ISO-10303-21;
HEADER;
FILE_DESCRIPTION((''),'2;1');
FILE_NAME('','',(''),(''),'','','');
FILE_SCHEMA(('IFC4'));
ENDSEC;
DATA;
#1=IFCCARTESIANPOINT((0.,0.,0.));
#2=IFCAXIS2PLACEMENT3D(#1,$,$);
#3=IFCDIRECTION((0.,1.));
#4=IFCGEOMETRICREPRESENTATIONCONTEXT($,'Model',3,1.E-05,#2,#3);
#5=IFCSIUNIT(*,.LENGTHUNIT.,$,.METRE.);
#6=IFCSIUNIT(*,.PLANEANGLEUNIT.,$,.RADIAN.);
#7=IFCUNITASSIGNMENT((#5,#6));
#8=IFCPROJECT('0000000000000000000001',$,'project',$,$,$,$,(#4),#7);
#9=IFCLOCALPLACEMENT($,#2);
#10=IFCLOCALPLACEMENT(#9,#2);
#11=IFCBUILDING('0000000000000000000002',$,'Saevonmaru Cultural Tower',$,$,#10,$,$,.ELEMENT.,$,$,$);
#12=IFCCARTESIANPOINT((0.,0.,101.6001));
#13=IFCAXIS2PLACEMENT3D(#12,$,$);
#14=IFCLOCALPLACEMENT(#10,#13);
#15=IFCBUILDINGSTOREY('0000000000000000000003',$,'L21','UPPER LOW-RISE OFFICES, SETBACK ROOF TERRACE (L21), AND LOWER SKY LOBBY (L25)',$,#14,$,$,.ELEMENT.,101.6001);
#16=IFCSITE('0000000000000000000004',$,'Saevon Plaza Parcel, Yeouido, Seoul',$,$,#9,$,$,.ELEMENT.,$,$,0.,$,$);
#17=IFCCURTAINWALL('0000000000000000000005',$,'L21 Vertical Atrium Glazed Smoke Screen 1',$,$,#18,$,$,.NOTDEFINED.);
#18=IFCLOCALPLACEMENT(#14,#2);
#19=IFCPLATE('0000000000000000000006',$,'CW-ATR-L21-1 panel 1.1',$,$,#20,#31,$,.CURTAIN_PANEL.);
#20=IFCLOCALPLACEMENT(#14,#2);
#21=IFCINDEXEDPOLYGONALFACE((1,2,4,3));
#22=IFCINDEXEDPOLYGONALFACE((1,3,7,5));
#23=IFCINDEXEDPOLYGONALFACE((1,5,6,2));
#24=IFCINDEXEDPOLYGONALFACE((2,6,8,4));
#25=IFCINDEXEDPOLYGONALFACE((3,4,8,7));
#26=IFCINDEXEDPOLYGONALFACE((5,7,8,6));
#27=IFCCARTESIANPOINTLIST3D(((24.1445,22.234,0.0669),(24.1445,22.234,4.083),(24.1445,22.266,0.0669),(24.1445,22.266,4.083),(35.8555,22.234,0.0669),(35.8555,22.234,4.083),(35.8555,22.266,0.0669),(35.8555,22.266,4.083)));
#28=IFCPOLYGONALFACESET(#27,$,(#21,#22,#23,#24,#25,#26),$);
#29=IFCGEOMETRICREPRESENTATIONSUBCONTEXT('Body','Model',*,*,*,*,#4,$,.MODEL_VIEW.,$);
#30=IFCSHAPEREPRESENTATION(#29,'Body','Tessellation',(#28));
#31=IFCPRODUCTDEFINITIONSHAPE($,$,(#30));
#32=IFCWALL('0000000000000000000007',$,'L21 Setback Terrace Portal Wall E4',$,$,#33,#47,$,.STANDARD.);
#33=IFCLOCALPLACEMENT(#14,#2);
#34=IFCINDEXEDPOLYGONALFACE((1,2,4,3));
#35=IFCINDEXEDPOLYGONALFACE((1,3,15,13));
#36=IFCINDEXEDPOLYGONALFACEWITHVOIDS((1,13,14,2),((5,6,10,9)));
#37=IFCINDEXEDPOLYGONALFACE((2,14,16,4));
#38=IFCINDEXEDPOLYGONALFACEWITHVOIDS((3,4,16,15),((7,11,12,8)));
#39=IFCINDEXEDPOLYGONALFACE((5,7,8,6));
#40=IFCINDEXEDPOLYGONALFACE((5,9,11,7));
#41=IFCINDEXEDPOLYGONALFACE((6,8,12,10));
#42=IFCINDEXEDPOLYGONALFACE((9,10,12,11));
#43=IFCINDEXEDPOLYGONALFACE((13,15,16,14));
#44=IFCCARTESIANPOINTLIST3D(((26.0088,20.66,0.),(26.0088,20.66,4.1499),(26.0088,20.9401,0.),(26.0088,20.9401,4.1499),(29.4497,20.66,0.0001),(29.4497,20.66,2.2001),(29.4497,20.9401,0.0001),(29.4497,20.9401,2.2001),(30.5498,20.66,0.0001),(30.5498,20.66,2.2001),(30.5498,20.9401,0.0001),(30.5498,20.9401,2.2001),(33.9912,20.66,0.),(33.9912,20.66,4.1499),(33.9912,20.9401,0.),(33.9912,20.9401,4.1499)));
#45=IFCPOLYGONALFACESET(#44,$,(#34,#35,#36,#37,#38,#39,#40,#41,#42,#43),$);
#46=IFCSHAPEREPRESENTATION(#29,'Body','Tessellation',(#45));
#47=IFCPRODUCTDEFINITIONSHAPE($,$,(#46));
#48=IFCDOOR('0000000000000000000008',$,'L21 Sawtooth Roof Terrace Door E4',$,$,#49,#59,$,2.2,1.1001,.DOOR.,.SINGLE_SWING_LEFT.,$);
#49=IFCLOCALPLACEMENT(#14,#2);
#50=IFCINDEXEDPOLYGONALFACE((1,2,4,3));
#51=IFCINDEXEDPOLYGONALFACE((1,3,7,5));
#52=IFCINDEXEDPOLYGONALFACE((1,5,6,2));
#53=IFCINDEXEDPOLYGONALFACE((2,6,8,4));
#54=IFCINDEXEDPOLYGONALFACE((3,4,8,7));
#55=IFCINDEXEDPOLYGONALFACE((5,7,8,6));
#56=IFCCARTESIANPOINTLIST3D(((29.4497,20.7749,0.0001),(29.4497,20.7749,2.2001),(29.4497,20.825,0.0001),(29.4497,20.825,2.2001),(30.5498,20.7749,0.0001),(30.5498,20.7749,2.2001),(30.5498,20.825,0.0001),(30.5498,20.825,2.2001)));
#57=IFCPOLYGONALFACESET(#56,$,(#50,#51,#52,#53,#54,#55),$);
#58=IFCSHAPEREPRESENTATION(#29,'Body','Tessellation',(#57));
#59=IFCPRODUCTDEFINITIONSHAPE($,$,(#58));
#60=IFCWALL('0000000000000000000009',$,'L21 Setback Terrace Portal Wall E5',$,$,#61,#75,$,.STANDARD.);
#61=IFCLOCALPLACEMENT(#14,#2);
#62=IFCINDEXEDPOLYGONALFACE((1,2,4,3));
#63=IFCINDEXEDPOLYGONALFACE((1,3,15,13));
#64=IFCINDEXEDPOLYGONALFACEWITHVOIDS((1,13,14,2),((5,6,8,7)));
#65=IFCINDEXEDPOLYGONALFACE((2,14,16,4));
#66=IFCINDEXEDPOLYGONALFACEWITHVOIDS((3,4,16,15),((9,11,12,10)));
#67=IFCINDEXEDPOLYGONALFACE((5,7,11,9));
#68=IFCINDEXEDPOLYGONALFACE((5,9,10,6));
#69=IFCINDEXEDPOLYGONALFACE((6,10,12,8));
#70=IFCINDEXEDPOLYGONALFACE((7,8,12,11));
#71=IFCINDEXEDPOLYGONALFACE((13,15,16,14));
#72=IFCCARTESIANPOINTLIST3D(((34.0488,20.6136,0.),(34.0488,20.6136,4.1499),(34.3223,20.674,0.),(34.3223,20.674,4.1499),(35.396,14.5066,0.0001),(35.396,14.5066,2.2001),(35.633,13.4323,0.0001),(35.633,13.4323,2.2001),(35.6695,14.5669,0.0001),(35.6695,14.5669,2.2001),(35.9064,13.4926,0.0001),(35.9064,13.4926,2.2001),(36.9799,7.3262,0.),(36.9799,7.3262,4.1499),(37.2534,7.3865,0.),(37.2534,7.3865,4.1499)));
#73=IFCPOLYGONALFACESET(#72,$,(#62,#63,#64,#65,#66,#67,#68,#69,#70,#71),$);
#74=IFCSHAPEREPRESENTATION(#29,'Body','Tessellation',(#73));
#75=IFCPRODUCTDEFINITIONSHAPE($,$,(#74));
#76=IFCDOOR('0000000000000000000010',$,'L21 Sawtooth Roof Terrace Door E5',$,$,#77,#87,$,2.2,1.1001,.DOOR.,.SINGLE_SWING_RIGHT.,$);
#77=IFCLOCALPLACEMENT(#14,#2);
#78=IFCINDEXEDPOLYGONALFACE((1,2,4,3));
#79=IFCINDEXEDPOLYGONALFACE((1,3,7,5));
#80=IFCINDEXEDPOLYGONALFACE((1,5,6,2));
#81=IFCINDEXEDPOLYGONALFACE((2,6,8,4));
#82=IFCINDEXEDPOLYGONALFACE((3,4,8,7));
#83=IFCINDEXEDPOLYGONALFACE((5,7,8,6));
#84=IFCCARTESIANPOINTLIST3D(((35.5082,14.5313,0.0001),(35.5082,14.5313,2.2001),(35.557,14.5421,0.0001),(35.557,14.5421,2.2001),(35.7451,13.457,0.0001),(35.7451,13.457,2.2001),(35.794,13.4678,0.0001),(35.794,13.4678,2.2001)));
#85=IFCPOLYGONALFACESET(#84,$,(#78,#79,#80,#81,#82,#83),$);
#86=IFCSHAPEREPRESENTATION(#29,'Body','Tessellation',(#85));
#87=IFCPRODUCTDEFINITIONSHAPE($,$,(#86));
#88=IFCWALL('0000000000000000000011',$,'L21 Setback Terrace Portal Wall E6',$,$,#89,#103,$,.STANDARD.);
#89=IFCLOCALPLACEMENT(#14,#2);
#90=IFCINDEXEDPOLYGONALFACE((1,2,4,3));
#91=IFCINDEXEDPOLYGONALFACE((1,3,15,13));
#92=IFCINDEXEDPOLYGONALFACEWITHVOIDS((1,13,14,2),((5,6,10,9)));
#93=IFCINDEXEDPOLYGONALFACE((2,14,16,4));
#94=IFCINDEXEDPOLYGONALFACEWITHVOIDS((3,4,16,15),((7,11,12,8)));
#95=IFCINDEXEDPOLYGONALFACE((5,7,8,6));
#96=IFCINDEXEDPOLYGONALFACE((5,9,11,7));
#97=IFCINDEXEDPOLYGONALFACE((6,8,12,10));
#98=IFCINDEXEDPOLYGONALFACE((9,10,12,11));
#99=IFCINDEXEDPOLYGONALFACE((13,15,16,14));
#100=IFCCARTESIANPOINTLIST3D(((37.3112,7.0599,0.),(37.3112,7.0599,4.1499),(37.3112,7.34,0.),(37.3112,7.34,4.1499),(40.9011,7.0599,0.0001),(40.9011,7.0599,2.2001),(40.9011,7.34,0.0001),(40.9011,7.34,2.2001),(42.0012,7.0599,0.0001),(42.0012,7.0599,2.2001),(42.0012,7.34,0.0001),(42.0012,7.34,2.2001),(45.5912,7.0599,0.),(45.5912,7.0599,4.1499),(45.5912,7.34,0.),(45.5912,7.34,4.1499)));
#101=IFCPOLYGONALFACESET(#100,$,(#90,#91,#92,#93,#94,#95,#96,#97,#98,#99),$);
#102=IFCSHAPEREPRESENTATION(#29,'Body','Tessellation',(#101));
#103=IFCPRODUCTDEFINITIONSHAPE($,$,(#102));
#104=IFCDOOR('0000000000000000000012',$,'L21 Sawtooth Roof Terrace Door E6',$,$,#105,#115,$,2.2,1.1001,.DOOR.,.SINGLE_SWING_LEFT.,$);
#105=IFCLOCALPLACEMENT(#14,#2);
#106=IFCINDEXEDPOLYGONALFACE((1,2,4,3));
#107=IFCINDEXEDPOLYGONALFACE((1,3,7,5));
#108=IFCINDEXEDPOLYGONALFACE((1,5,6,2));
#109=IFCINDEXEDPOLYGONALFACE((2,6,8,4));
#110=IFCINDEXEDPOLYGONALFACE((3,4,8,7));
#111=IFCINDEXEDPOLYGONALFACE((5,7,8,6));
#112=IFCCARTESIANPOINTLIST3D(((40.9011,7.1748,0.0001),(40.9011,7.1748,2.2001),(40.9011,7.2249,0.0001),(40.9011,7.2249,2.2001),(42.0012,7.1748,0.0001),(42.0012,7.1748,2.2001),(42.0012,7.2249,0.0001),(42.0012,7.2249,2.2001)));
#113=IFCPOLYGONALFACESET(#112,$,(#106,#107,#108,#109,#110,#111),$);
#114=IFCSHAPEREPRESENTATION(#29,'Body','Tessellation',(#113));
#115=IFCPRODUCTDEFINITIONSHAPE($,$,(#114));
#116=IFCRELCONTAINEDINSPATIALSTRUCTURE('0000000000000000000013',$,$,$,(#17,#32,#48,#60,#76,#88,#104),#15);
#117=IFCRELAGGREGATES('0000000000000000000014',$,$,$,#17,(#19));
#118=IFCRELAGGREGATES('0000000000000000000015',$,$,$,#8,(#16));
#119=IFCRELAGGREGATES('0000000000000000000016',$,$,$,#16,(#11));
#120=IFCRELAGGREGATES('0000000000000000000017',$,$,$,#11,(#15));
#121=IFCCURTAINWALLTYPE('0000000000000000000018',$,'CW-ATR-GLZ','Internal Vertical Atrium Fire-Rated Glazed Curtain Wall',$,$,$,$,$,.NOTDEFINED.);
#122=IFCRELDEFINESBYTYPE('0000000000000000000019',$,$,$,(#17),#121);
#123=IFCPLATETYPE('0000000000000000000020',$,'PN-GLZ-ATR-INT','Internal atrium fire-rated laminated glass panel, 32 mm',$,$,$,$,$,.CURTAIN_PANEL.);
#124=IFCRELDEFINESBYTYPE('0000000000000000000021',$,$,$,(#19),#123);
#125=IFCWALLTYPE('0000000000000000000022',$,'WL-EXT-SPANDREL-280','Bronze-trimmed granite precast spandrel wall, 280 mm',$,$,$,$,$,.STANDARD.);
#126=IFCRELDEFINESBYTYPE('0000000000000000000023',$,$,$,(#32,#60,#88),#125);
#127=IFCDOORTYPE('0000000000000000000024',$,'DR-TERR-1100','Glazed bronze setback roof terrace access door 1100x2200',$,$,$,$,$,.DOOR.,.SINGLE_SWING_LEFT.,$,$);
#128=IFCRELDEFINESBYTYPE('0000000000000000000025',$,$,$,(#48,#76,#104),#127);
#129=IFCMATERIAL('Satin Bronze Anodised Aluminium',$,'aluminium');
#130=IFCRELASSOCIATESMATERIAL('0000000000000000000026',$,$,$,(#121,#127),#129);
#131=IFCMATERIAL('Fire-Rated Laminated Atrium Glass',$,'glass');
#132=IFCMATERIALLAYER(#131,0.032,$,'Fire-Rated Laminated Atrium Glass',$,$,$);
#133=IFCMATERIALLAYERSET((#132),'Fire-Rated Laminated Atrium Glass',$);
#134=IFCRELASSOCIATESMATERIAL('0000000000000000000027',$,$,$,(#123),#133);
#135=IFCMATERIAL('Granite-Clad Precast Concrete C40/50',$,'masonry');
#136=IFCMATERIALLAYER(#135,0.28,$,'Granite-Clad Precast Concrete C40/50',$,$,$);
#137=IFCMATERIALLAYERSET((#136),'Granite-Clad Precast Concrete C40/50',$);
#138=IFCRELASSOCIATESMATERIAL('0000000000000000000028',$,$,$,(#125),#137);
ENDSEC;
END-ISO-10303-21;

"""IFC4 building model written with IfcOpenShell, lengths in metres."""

from ifc_helpers import new_model, si_unit, direction, frame, frame_2d, origin, origin_2d, place, context, subcontext, project, spatial, rectangle, extrude, material, layer, layer_set, type_object, element, fill, aggregate, save


model = new_model("IFC4")

# Units and contexts
model_context = context("Model", 3, precision=1e-05, world=origin(), true_north=direction((0.0, 1.0)))
body_context = subcontext(model_context, "Body", "Model", "MODEL_VIEW")
ifc_project = project(units=[si_unit("LENGTHUNIT", "METRE"), si_unit("PLANEANGLEUNIT", "RADIAN")], contexts=[model_context])

# Site, building, storey
site_placement = place(None, origin())
site = spatial("IfcSite", under=ifc_project, at=site_placement, Name="Saevon Plaza Parcel, Yeouido, Seoul", CompositionType="ELEMENT", RefElevation=0.0)
building_placement = place(site_placement, origin())
building = spatial("IfcBuilding", under=site, at=building_placement, Name="Saevonmaru Cultural Tower", CompositionType="ELEMENT")
storey_placement = place(building_placement, frame((0.0, 0.0, 101.6001)))
storey = spatial("IfcBuildingStorey", under=building, at=storey_placement, Name="L21", Description="UPPER LOW-RISE OFFICES, SETBACK ROOF TERRACE (L21), AND LOWER SKY LOBBY (L25)", CompositionType="ELEMENT", Elevation=101.6001)

# Curtain wall
ifc_material_1 = material(Name="Satin Bronze Anodised Aluminium", Category="aluminium")
curtain_wall_type = type_object("IfcCurtainWallType", Name="CW-ATR-GLZ", Description="Internal Vertical Atrium Fire-Rated Glazed Curtain Wall", PredefinedType="NOTDEFINED", material=ifc_material_1)
curtain_wall_1_placement = place(storey_placement, origin())
curtain_wall_1 = element("IfcCurtainWall", 1, at=curtain_wall_1_placement, inside=storey, type_object=curtain_wall_type, Name="L21 Vertical Atrium Glazed Smoke Screen 1", PredefinedType="NOTDEFINED")

# Plate
ifc_material_2 = material(Name="Fire-Rated Laminated Atrium Glass", Category="glass")
ifc_layer_1 = layer(ifc_material_2, 0.032, Name="Fire-Rated Laminated Atrium Glass")
ifc_layer_set_1 = layer_set([ifc_layer_1], Name="Fire-Rated Laminated Atrium Glass")
plate_type_1 = type_object("IfcPlateType", Name="PN-GLZ-ATR-INT", Description="Internal atrium fire-rated laminated glass panel, 32 mm", PredefinedType="CURTAIN_PANEL", material=ifc_layer_set_1)
plate_1_placement = place(storey_placement, frame((30.0, 22.25, 0.0669), z_axis=(0.0, 0.0, 1.0), x_axis=(1.0, 0.0, 0.0)))
plate_1 = element("IfcPlate", 2, at=plate_1_placement, type_object=plate_type_1, Name="CW-ATR-L21-1 panel 1.1", PredefinedType="CURTAIN_PANEL", context=body_context, shape_type="SweptSolid", body=[
    extrude(rectangle(XDim=11.7109, YDim=0.032, at=origin_2d()), origin(), (0.0, 0.0, 1.0), 4.0161),
])
aggregate(curtain_wall_1, [plate_1])

# Walls, openings, doors
ifc_material_3 = material(Name="Granite-Clad Precast Concrete C40/50", Category="masonry")
ifc_layer_2 = layer(ifc_material_3, 0.28, Name="Granite-Clad Precast Concrete C40/50")
ifc_layer_set_2 = layer_set([ifc_layer_2], Name="Granite-Clad Precast Concrete C40/50")
wall_type = type_object("IfcWallType", Name="WL-EXT-SPANDREL-280", Description="Bronze-trimmed granite precast spandrel wall, 280 mm", PredefinedType="STANDARD", material=ifc_layer_set_2)
wall_1_placement = place(storey_placement, frame((26.0088, 20.8, 0.0), z_axis=(0.0, 0.0, 1.0), x_axis=(1.0, 0.0, 0.0)))
wall_1 = element("IfcWall", 3, at=wall_1_placement, inside=storey, type_object=wall_type, Name="L21 Setback Terrace Portal Wall E4", PredefinedType="STANDARD", context=body_context, shape_type="SweptSolid", body=[
    extrude(rectangle(XDim=7.9824, YDim=0.28, at=frame_2d((3.9912, 0.0))), origin(), (0.0, 0.0, 1.0), 4.1499),
])
opening_1_placement = place(wall_1_placement, frame((3.4409, 0.0, 0.0)))
opening_1 = element("IfcOpeningElement", 4, at=opening_1_placement, cuts=wall_1, PredefinedType="OPENING", context=body_context, shape_type="SweptSolid", body=[
    extrude(rectangle(XDim=1.1001, YDim=2.2, at=frame_2d((0.55, 1.1001))), frame((0.0, 0.1499, 0.0), z_axis=(0.0, -1.0, 0.0), x_axis=(1.0, 0.0, 0.0)), (0.0, 0.0, 1.0), 0.3),
])
door_type = type_object("IfcDoorType", Name="DR-TERR-1100", Description="Glazed bronze setback roof terrace access door 1100x2200", OperationType="SINGLE_SWING_LEFT", PredefinedType="DOOR", material=ifc_material_1)
door_1_placement = place(opening_1_placement, origin())
door_1 = element("IfcDoor", 5, at=door_1_placement, inside=storey, type_object=door_type, Name="L21 Sawtooth Roof Terrace Door E4", OperationType="SINGLE_SWING_LEFT", OverallHeight=2.2, OverallWidth=1.1001, PredefinedType="DOOR", context=body_context, shape_type="SweptSolid", body=[
    extrude(rectangle(XDim=1.1001, YDim=2.2, at=frame_2d((0.55, 1.1001))), frame((0.0, 0.0249, 0.0), z_axis=(0.0, -1.0, 0.0), x_axis=(1.0, 0.0, 0.0)), (0.0, 0.0, 1.0), 0.05),
])
fill(opening_1, door_1)
wall_2_placement = place(storey_placement, frame((34.1855, 20.6438, 0.0), z_axis=(0.0, 0.0, 1.0), x_axis=(0.215414, -0.976523, 0.0)))
wall_2 = element("IfcWall", 6, at=wall_2_placement, inside=storey, type_object=wall_type, Name="L21 Setback Terrace Portal Wall E5", PredefinedType="STANDARD", context=body_context, shape_type="SweptSolid", body=[
    extrude(rectangle(XDim=13.6069, YDim=0.28, at=frame_2d((6.8035, 0.0))), origin(), (0.0, 0.0, 1.0), 4.1499),
])
opening_2_placement = place(wall_2_placement, frame((6.2539, 0.0, 0.0)))
opening_2 = element("IfcOpeningElement", 7, at=opening_2_placement, cuts=wall_2, PredefinedType="OPENING", context=body_context, shape_type="SweptSolid", body=[
    extrude(rectangle(XDim=1.1001, YDim=2.2, at=frame_2d((0.55, 1.1001))), frame((0.0, 0.1499, 0.0), z_axis=(0.0, -1.0, 0.0), x_axis=(1.0, 0.0, 0.0)), (0.0, 0.0, 1.0), 0.3),
])
door_2_placement = place(opening_2_placement, origin())
door_2 = element("IfcDoor", 8, at=door_2_placement, inside=storey, type_object=door_type, Name="L21 Sawtooth Roof Terrace Door E5", OperationType="SINGLE_SWING_RIGHT", OverallHeight=2.2, OverallWidth=1.1001, PredefinedType="DOOR", context=body_context, shape_type="SweptSolid", body=[
    extrude(rectangle(XDim=1.1001, YDim=2.2, at=frame_2d((0.55, 1.1001))), frame((0.0, 0.0249, 0.0), z_axis=(0.0, -1.0, 0.0), x_axis=(1.0, 0.0, 0.0)), (0.0, 0.0, 1.0), 0.05),
])
fill(opening_2, door_2)
wall_3_placement = place(storey_placement, frame((37.311, 7.2, 0.0), z_axis=(0.0, 0.0, 1.0), x_axis=(1.0, 0.0, 0.0)))
wall_3 = element("IfcWall", 9, at=wall_3_placement, inside=storey, type_object=wall_type, Name="L21 Setback Terrace Portal Wall E6", PredefinedType="STANDARD", context=body_context, shape_type="SweptSolid", body=[
    extrude(rectangle(XDim=8.28, YDim=0.28, at=frame_2d((4.1401, 0.0))), origin(), (0.0, 0.0, 1.0), 4.1499),
])
opening_3_placement = place(wall_3_placement, frame((3.5901, 0.0, 0.0)))
opening_3 = element("IfcOpeningElement", 10, at=opening_3_placement, cuts=wall_3, PredefinedType="OPENING", context=body_context, shape_type="SweptSolid", body=[
    extrude(rectangle(XDim=1.1001, YDim=2.2, at=frame_2d((0.55, 1.1001))), frame((0.0, 0.1499, 0.0), z_axis=(0.0, -1.0, 0.0), x_axis=(1.0, 0.0, 0.0)), (0.0, 0.0, 1.0), 0.3),
])
door_3_placement = place(opening_3_placement, origin())
door_3 = element("IfcDoor", 11, at=door_3_placement, inside=storey, type_object=door_type, Name="L21 Sawtooth Roof Terrace Door E6", OperationType="SINGLE_SWING_LEFT", OverallHeight=2.2, OverallWidth=1.1001, PredefinedType="DOOR", context=body_context, shape_type="SweptSolid", body=[
    extrude(rectangle(XDim=1.1001, YDim=2.2, at=frame_2d((0.55, 1.1001))), frame((0.0, 0.0249, 0.0), z_axis=(0.0, -1.0, 0.0), x_axis=(1.0, 0.0, 0.0)), (0.0, 0.0, 1.0), 0.05),
])
fill(opening_3, door_3)

save(model, "model.ifc")
